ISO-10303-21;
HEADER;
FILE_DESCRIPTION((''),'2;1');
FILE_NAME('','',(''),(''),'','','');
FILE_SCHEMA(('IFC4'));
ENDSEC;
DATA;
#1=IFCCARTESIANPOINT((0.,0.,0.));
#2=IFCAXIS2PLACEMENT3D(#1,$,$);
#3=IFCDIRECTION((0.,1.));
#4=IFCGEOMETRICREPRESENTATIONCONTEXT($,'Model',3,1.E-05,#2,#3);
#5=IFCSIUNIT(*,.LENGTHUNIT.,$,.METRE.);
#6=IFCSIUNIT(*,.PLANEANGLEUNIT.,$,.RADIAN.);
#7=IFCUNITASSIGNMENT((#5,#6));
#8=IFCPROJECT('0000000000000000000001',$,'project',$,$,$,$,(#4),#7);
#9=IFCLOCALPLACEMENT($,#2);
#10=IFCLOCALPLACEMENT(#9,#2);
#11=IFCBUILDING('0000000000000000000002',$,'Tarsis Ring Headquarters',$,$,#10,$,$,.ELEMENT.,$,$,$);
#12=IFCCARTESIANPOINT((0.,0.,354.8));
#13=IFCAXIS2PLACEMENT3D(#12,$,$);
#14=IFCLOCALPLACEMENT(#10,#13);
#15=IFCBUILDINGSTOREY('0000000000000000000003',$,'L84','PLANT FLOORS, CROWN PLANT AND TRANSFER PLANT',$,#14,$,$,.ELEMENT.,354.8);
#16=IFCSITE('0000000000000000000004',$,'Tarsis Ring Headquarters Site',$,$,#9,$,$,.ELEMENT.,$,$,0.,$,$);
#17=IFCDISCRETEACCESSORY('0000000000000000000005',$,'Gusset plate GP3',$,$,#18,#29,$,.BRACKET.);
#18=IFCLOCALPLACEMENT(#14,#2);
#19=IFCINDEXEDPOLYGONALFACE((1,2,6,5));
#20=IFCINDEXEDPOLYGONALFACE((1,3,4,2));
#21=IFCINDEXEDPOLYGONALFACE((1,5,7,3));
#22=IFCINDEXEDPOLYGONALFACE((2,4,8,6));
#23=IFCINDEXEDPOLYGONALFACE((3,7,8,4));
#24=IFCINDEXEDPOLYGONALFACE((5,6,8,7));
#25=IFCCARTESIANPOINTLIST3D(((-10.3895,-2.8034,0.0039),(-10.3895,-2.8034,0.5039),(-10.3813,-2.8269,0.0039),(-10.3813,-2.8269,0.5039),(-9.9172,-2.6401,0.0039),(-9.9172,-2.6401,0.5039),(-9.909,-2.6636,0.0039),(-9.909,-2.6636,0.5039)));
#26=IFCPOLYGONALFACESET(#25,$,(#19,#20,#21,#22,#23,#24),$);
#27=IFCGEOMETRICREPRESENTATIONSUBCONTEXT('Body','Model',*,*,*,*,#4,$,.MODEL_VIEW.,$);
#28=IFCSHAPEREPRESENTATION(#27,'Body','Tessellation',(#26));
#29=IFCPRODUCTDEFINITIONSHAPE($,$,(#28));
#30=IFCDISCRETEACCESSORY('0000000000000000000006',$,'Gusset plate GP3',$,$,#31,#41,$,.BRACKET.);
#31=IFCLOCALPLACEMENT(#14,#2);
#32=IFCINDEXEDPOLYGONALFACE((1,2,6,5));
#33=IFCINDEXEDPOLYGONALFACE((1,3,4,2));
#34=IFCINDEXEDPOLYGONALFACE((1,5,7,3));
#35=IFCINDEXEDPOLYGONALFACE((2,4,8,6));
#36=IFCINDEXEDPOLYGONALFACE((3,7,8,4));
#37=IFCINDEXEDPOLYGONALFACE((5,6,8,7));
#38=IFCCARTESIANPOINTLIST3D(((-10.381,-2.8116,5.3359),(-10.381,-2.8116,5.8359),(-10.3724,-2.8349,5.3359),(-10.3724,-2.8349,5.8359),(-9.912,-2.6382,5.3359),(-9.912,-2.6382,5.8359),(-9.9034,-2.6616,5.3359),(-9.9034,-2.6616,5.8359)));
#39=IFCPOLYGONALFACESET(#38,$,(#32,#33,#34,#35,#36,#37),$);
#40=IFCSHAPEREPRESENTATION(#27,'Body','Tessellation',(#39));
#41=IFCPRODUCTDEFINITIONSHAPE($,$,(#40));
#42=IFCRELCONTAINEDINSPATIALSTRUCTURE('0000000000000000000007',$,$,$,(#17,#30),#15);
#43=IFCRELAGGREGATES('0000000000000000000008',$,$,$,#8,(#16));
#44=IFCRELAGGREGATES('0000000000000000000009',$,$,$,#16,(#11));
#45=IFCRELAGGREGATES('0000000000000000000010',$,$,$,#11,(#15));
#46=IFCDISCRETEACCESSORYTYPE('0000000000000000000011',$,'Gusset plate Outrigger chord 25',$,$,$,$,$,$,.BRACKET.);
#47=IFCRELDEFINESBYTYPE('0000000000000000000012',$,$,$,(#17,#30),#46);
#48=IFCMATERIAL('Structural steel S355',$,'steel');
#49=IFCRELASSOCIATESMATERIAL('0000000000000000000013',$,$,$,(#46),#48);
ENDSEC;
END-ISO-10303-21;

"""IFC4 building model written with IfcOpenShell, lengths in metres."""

from ifc_helpers import new_model, si_unit, direction, frame, origin, origin_2d, place, context, subcontext, project, spatial, rectangle, extrude, material, material_profile, profile_set, type_object, element, save


model = new_model("IFC4")

# Units and contexts
model_context = context("Model", 3, precision=1e-05, world=origin(), true_north=direction((0.0, 1.0)))
body_context = subcontext(model_context, "Body", "Model", "MODEL_VIEW")
ifc_project = project(units=[si_unit("LENGTHUNIT", "METRE"), si_unit("PLANEANGLEUNIT", "RADIAN")], contexts=[model_context])

# Site, building, storey
site_placement = place(None, origin())
site = spatial("IfcSite", under=ifc_project, at=site_placement, Name="Tarsis Ring Headquarters Site", CompositionType="ELEMENT", RefElevation=0.0)
building_placement = place(site_placement, origin())
building = spatial("IfcBuilding", under=site, at=building_placement, Name="Tarsis Ring Headquarters", CompositionType="ELEMENT")
storey_placement = place(building_placement, frame((0.0, 0.0, 354.8)))
storey = spatial("IfcBuildingStorey", under=building, at=storey_placement, Name="L84", Description="PLANT FLOORS, CROWN PLANT AND TRANSFER PLANT", CompositionType="ELEMENT", Elevation=354.8)

# Shared definitions
ifc_material_1 = material(Name="Structural steel S355", Category="steel")

# Discrete accessories
ifc_material_profile_1 = material_profile(ifc_material_1, rectangle(XDim=0.0249, YDim=0.5, at=origin_2d()), Name="PL 25x500")
ifc_profile_set_1 = profile_set([ifc_material_profile_1], Name="Structural steel S355")
discrete_accessory_type_1 = type_object("IfcDiscreteAccessoryType", Name="Gusset plate Outrigger chord 25", PredefinedType="BRACKET", material=ifc_profile_set_1)
discrete_accessory_1_placement = place(storey_placement, frame((-9.9131, -2.6519, 0.2539), z_axis=(-0.945108, -0.326758, 0.0), x_axis=(0.326758, -0.945108, 0.0)))
element("IfcDiscreteAccessory", 1, at=discrete_accessory_1_placement, inside=storey, type_object=discrete_accessory_type_1, Name="Gusset plate GP3", PredefinedType="BRACKET", context=body_context, shape_type="SweptSolid", body=[
    extrude(rectangle(XDim=0.0249, YDim=0.5, at=origin_2d()), origin(), (0.0, 0.0, 1.0), 0.4998),
])
discrete_accessory_2_placement = place(storey_placement, frame((-9.9077, -2.6499, 5.5859), z_axis=(-0.937984, -0.346678, 0.0), x_axis=(0.346678, -0.937984, 0.0)))
element("IfcDiscreteAccessory", 2, at=discrete_accessory_2_placement, inside=storey, type_object=discrete_accessory_type_1, Name="Gusset plate GP3", PredefinedType="BRACKET", context=body_context, shape_type="SweptSolid", body=[
    extrude(rectangle(XDim=0.0249, YDim=0.5, at=origin_2d()), origin(), (0.0, 0.0, 1.0), 0.5),
])

save(model, "model.ifc")
